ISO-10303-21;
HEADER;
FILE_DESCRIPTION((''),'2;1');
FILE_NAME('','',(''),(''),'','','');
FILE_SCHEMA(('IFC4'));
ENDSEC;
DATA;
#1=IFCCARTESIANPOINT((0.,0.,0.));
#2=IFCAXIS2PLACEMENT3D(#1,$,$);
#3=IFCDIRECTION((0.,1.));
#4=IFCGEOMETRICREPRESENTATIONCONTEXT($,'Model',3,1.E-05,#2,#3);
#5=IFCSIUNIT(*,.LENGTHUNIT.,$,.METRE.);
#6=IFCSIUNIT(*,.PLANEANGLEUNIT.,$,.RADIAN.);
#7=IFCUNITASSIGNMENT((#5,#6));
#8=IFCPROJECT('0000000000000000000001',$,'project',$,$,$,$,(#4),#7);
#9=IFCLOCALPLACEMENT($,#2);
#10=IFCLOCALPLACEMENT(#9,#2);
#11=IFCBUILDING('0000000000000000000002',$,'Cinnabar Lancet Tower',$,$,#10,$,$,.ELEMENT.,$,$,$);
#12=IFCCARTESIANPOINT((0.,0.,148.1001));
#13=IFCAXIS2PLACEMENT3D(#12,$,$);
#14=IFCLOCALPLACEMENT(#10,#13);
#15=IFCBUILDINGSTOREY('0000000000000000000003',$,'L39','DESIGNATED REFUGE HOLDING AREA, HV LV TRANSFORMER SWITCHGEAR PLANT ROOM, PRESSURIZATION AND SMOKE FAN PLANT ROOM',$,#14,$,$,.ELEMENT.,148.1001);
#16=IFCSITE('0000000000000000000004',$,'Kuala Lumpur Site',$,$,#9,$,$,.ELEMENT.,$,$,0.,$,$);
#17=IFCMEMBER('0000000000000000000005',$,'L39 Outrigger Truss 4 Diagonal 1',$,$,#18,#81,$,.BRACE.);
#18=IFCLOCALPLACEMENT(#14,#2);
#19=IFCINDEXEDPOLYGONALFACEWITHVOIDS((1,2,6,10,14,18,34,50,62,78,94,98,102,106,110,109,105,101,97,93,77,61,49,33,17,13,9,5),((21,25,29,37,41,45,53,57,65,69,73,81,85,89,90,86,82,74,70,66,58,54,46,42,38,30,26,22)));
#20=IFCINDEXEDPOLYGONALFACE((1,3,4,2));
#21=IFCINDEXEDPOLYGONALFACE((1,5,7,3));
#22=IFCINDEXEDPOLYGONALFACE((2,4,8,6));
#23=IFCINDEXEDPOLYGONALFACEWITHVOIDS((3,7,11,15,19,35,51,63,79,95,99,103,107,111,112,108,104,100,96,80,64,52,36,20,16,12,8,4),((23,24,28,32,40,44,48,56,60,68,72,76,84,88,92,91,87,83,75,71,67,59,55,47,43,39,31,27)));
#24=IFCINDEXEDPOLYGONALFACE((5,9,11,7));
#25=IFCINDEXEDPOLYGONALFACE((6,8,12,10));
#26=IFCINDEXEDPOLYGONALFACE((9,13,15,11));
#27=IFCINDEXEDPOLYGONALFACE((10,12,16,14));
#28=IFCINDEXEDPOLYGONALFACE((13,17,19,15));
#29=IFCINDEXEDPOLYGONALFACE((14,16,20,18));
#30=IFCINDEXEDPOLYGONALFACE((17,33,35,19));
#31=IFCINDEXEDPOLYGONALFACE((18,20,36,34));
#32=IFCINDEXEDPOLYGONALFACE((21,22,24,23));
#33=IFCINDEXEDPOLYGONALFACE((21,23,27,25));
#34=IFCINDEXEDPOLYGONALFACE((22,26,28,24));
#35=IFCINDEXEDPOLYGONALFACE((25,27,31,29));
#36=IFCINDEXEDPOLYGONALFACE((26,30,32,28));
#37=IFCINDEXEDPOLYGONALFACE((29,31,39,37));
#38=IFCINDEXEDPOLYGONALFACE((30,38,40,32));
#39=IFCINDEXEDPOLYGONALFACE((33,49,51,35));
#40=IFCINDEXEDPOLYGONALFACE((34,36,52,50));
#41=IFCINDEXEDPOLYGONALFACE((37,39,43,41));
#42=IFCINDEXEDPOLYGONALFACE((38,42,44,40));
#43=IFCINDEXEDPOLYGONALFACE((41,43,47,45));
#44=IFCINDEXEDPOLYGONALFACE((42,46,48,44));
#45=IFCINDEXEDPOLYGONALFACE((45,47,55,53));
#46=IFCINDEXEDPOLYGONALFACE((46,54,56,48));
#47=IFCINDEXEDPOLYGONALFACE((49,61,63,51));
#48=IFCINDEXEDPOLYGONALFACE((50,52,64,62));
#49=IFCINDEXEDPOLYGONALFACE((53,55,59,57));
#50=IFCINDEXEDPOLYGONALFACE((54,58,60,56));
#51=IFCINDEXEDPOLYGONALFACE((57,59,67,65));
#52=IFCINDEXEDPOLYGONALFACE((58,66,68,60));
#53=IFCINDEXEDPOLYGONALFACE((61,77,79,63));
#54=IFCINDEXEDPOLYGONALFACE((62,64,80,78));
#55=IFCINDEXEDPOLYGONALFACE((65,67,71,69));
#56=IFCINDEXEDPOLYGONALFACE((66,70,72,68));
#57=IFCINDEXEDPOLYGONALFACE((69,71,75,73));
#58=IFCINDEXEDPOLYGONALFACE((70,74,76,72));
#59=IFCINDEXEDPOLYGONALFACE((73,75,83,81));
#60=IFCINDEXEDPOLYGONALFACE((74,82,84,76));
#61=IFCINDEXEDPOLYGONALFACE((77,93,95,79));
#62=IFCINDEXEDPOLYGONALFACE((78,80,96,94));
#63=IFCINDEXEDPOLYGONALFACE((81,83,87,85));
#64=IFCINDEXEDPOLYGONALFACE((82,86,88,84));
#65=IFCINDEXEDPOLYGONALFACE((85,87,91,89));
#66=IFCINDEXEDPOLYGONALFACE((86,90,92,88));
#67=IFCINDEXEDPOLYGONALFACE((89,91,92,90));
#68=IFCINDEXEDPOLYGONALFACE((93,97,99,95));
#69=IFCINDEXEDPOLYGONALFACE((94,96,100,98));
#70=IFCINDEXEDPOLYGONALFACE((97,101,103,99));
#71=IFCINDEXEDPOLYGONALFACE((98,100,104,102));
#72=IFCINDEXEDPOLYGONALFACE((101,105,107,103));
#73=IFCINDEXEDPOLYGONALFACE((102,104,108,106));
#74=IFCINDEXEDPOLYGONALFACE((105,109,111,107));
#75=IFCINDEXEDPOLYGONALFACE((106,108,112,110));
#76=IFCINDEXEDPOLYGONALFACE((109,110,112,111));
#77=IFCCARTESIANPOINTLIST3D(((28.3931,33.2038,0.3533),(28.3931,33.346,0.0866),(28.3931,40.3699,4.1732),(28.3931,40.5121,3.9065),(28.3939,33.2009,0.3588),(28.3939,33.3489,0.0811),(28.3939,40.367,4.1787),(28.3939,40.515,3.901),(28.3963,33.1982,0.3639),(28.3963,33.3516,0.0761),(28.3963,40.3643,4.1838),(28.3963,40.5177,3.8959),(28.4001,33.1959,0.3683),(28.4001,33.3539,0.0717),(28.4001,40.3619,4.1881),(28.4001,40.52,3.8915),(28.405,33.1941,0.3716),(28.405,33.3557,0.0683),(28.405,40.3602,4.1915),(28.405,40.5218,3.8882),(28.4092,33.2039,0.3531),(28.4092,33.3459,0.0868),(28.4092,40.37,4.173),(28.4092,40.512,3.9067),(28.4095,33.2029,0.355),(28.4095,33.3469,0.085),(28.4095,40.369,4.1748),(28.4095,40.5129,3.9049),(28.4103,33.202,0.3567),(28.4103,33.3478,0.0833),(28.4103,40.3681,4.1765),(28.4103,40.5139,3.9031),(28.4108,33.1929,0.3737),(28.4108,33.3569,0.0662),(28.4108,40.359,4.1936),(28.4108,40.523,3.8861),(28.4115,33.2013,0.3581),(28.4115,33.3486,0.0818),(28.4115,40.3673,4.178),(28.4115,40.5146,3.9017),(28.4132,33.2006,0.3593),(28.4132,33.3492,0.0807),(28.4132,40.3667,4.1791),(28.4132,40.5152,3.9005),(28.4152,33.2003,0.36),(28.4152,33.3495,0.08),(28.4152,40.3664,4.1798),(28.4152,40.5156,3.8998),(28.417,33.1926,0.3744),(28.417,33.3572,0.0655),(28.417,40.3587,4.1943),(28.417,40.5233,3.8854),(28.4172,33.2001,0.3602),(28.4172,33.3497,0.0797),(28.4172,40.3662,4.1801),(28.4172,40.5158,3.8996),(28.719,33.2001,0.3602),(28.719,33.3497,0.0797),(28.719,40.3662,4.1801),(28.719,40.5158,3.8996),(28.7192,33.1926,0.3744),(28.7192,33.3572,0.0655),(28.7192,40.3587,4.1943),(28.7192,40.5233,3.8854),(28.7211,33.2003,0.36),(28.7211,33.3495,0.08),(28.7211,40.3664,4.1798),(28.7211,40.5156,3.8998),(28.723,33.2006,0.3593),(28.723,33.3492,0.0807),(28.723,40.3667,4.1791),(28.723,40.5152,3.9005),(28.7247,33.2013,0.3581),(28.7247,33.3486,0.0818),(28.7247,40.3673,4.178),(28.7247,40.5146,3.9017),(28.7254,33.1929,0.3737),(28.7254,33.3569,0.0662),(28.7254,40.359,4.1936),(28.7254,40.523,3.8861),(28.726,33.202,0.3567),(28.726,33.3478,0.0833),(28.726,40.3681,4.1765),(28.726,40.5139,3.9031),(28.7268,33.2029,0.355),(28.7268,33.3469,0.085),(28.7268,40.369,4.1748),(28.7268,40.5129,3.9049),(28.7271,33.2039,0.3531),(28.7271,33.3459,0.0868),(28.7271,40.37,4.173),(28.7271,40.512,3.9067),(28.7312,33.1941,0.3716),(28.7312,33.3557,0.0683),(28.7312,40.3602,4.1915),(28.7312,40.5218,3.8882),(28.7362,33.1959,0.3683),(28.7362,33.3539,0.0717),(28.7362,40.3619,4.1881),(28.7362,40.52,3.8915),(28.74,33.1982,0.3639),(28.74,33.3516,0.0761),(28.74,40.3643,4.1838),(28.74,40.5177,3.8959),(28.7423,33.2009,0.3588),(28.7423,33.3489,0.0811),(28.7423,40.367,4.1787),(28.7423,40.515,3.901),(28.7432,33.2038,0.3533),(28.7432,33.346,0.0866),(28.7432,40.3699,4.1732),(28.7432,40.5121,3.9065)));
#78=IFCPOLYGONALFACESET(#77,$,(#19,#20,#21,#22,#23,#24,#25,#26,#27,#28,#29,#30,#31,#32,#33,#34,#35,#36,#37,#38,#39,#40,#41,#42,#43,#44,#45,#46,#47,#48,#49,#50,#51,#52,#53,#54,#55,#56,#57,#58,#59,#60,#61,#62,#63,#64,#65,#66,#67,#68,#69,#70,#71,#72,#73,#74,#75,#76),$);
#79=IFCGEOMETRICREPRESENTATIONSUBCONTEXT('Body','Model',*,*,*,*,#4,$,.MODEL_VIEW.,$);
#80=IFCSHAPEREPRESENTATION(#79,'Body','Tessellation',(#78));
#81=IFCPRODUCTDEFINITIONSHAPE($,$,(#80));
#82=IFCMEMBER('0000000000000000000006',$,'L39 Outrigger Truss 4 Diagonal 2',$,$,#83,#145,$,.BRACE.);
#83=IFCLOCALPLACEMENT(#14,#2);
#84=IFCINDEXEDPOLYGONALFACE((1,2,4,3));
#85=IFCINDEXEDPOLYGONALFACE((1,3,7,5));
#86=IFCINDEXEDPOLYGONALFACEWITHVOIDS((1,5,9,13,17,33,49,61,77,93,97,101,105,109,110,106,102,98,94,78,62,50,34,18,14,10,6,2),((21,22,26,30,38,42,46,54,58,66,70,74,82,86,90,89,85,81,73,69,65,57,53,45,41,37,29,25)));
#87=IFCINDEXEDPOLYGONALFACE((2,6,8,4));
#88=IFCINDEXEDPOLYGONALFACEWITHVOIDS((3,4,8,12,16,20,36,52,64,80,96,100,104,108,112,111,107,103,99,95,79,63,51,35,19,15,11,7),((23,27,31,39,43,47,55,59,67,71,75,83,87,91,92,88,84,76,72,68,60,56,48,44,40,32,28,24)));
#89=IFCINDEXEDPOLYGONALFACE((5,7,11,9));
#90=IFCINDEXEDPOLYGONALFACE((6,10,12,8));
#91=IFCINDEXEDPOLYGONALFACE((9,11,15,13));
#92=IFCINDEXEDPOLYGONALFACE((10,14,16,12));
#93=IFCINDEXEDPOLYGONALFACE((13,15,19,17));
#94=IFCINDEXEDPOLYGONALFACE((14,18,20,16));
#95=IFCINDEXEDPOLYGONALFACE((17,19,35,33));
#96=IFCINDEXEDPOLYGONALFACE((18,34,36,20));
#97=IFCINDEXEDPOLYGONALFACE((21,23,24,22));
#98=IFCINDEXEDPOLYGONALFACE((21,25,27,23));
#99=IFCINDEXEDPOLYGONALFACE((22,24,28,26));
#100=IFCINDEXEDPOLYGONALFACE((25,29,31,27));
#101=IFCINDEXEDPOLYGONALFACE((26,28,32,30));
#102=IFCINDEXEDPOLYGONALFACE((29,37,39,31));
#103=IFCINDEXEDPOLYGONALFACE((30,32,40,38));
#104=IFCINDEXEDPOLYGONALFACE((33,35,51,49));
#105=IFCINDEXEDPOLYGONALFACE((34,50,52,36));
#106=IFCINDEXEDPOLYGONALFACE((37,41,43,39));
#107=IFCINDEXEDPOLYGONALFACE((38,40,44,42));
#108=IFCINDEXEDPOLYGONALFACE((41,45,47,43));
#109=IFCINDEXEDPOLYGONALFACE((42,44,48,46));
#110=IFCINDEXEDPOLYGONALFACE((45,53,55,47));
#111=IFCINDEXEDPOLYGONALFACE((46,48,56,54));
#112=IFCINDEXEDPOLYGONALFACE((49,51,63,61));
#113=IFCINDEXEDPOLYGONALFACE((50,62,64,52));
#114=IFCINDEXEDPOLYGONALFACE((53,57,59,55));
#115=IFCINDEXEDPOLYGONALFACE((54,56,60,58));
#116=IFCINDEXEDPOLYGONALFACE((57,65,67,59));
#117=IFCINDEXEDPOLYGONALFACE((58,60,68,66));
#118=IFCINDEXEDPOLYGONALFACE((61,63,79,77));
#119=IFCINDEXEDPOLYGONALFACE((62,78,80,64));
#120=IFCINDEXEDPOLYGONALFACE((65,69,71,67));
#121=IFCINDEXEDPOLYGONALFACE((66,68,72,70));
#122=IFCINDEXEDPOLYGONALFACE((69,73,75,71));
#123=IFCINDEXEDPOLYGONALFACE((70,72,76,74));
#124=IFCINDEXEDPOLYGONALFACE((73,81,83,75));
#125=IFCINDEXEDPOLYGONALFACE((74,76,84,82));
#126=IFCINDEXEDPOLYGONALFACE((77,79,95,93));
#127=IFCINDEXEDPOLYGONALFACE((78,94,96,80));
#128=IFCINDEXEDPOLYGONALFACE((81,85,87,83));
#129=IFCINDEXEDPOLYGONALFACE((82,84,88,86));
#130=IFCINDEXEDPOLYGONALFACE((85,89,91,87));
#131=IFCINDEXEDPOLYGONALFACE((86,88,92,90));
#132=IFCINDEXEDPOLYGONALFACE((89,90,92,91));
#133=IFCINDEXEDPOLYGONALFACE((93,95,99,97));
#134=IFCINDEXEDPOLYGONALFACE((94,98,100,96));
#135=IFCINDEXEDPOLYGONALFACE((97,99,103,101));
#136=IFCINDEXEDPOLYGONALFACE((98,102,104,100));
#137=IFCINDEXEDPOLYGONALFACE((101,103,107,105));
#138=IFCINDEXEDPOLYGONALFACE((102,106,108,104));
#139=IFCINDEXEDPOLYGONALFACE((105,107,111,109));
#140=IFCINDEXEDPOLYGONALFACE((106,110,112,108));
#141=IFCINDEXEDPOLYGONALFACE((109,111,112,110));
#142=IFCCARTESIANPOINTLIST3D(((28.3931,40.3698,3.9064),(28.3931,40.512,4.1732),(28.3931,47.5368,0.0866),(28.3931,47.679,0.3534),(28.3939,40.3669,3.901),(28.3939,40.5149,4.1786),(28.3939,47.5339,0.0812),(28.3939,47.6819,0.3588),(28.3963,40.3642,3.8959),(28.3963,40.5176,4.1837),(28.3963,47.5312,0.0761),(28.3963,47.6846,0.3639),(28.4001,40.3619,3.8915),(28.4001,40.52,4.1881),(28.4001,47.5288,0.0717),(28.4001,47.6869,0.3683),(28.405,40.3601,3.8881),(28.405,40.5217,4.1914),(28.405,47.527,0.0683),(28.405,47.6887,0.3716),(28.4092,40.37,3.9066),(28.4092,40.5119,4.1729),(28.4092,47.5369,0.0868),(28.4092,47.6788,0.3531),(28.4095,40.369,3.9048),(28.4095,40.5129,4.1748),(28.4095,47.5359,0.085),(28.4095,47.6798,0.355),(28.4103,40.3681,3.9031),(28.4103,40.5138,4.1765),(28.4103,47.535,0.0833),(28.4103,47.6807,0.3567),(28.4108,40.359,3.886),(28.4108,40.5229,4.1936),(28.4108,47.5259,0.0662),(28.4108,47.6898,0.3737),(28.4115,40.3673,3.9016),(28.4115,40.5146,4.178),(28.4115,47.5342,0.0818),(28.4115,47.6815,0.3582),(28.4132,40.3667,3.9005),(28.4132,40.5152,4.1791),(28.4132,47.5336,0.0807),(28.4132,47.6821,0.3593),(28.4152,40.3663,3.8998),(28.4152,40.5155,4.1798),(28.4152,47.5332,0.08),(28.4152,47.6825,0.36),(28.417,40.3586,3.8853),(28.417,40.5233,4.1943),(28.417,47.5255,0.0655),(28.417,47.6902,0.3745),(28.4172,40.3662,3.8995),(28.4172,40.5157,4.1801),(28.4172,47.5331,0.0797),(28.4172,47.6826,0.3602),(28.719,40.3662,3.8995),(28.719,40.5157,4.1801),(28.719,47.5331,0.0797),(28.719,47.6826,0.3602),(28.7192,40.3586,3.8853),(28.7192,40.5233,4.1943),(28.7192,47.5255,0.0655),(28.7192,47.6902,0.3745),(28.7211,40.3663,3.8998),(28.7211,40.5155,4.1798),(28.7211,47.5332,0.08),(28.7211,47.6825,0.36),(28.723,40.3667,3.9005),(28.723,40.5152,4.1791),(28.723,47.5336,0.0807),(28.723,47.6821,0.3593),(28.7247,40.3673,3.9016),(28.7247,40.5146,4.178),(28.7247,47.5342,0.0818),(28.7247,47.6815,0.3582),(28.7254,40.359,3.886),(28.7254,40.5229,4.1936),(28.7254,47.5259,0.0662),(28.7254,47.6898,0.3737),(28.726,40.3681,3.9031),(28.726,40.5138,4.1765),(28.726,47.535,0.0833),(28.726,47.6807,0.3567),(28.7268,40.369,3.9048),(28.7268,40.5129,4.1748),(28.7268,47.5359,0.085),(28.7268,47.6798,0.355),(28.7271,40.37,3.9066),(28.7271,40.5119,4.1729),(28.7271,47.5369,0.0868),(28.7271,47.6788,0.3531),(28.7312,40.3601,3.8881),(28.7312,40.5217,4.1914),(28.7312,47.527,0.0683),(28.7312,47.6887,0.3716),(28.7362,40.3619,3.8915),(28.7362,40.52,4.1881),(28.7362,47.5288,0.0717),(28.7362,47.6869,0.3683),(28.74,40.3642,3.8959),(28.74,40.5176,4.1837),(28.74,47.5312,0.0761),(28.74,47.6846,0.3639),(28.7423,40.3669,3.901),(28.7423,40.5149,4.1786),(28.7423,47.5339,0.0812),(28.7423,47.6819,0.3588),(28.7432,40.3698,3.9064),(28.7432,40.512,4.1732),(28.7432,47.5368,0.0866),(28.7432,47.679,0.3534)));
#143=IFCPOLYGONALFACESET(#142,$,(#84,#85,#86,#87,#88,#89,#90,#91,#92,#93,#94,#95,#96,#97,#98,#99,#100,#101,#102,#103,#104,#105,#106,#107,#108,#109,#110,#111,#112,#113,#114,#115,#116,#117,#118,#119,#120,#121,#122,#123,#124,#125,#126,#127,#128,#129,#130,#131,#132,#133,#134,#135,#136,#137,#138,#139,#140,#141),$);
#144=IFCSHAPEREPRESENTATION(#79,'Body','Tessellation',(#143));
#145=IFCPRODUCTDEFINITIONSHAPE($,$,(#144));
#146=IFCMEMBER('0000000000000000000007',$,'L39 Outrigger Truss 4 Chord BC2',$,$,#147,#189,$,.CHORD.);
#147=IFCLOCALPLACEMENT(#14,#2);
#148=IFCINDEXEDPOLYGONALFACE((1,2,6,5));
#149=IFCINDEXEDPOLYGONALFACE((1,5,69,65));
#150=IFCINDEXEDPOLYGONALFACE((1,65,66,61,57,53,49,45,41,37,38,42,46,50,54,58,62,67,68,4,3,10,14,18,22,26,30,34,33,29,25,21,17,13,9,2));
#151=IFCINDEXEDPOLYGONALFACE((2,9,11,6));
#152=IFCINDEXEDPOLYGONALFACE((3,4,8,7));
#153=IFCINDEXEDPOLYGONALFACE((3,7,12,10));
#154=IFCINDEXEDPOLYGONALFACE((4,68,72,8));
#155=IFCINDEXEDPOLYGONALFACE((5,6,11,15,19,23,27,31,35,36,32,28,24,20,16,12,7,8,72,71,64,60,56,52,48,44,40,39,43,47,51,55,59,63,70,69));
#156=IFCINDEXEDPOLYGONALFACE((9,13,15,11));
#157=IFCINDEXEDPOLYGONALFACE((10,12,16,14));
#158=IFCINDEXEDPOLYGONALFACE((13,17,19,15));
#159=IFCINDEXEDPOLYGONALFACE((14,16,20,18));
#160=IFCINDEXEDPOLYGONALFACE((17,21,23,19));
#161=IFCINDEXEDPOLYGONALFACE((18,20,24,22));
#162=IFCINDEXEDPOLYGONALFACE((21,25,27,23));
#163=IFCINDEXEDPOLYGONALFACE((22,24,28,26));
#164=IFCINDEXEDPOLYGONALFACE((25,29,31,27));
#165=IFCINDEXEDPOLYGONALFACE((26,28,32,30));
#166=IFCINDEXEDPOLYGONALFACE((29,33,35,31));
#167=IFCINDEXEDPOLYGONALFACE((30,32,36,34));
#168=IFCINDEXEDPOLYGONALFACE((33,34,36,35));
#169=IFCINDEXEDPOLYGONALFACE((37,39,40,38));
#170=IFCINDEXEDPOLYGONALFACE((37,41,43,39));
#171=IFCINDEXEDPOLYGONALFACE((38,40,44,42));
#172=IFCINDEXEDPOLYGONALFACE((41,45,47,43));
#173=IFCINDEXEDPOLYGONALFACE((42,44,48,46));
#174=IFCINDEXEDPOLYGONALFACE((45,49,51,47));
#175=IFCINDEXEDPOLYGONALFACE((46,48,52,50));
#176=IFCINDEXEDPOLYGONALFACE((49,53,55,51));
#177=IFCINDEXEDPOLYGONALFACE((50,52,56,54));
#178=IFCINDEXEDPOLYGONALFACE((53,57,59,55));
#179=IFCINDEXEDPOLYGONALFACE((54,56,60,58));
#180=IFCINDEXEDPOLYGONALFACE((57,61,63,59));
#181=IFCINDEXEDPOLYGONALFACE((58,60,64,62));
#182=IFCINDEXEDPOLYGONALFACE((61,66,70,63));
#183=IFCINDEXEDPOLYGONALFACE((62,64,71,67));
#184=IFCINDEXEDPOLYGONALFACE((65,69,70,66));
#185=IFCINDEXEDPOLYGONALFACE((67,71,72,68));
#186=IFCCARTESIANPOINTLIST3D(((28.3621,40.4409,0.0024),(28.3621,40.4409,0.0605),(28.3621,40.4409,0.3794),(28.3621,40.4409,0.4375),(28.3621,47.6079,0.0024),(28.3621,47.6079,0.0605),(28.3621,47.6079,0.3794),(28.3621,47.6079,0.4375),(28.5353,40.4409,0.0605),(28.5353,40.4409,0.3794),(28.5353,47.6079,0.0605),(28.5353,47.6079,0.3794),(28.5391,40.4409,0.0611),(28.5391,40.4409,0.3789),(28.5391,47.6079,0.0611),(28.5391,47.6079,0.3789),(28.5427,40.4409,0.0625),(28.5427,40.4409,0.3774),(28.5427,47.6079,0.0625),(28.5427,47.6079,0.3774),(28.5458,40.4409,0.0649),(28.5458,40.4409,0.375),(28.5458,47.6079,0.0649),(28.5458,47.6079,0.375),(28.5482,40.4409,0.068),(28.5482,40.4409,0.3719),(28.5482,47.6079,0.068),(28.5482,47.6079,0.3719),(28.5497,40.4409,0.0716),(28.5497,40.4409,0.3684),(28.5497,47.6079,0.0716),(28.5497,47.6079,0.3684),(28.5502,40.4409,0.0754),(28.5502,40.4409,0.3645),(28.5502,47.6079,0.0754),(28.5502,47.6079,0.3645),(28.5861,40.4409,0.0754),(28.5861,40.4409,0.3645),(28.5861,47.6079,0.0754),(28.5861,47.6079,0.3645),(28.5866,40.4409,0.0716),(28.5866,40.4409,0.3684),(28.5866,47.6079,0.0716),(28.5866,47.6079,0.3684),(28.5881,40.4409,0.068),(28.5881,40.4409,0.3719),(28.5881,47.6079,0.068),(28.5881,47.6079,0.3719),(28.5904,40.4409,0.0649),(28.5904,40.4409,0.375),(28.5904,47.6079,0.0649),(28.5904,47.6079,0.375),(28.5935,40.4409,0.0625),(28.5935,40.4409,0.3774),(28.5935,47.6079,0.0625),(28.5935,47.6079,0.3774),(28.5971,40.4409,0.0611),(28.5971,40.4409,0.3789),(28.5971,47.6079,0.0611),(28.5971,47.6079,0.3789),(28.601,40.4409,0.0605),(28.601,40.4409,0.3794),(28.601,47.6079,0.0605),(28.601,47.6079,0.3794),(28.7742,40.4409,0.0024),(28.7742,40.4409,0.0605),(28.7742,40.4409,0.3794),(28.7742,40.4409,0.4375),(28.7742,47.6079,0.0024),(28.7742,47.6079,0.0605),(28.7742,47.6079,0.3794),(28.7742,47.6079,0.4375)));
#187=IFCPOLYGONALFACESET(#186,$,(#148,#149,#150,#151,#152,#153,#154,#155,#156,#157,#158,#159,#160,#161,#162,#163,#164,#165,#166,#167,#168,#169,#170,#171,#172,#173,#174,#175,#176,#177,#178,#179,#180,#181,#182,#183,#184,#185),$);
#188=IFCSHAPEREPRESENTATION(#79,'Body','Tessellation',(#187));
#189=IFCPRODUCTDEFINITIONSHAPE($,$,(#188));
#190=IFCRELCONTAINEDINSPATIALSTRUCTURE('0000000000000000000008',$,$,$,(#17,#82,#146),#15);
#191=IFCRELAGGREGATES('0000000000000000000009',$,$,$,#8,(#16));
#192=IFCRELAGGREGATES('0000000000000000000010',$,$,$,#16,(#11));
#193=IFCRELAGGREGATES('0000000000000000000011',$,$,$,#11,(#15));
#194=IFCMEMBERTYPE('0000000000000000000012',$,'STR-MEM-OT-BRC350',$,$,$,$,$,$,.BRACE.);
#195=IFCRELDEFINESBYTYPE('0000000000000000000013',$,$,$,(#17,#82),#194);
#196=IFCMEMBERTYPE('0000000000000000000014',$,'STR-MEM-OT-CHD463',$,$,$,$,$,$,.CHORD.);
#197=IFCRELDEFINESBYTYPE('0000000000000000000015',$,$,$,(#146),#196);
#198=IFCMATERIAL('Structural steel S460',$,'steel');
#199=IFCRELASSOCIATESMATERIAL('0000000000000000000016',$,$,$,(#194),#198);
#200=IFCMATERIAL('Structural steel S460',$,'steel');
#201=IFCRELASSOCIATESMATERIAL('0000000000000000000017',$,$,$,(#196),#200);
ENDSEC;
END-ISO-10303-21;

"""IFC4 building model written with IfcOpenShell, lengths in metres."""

from ifc_helpers import new_model, si_unit, direction, frame, origin, origin_2d, place, context, subcontext, project, spatial, hollow_rectangle, i_section, extrude, material, material_profile, profile_set, type_object, element, save


model = new_model("IFC4")

# Units and contexts
model_context = context("Model", 3, precision=1e-05, world=origin(), true_north=direction((0.0, 1.0)))
body_context = subcontext(model_context, "Body", "Model", "MODEL_VIEW")
ifc_project = project(units=[si_unit("LENGTHUNIT", "METRE"), si_unit("PLANEANGLEUNIT", "RADIAN")], contexts=[model_context])

# Site, building, storey
site_placement = place(None, origin())
site = spatial("IfcSite", under=ifc_project, at=site_placement, Name="Kuala Lumpur Site", CompositionType="ELEMENT", RefElevation=0.0)
building_placement = place(site_placement, origin())
building = spatial("IfcBuilding", under=site, at=building_placement, Name="Cinnabar Lancet Tower", CompositionType="ELEMENT")
storey_placement = place(building_placement, frame((0.0, 0.0, 148.1001)))
storey = spatial("IfcBuildingStorey", under=building, at=storey_placement, Name="L39", Description="DESIGNATED REFUGE HOLDING AREA, HV LV TRANSFORMER SWITCHGEAR PLANT ROOM, PRESSURIZATION AND SMOKE FAN PLANT ROOM", CompositionType="ELEMENT", Elevation=148.1001)

# Members
ifc_material_1 = material(Name="Structural steel S460", Category="steel")
ifc_material_profile_1 = material_profile(ifc_material_1, hollow_rectangle(XDim=0.3501, YDim=0.3501, WallThickness=0.0161, InnerFilletRadius=0.0081, OuterFilletRadius=0.0239, at=origin_2d()), Name="SHS 350x350x16")
ifc_profile_set_1 = profile_set([ifc_material_profile_1], Name="Structural steel S460")
member_type_1 = type_object("IfcMemberType", Name="STR-MEM-OT-BRC350", PredefinedType="BRACE", material=ifc_profile_set_1)
member_1_placement = place(storey_placement, frame((28.5681, 33.2749, 0.22), z_axis=(0.0, 0.882458, 0.470392), x_axis=(-1.0, 0.0, 0.0)))
element("IfcMember", 1, at=member_1_placement, inside=storey, type_object=member_type_1, Name="L39 Outrigger Truss 4 Diagonal 1", PredefinedType="BRACE", context=body_context, shape_type="SweptSolid", body=[
    extrude(hollow_rectangle(XDim=0.3501, YDim=0.3501, WallThickness=0.0161, InnerFilletRadius=0.0081, OuterFilletRadius=0.0239, at=origin_2d()), origin(), (0.0, 0.0, 1.0), 8.1206),
])
member_2_placement = place(storey_placement, frame((28.5681, 40.4409, 4.0398), z_axis=(0.0, 0.882484, -0.470342), x_axis=(-1.0, 0.0, 0.0)))
element("IfcMember", 2, at=member_2_placement, inside=storey, type_object=member_type_1, Name="L39 Outrigger Truss 4 Diagonal 2", PredefinedType="BRACE", context=body_context, shape_type="SweptSolid", body=[
    extrude(hollow_rectangle(XDim=0.3501, YDim=0.3501, WallThickness=0.0161, InnerFilletRadius=0.0081, OuterFilletRadius=0.0239, at=origin_2d()), origin(), (0.0, 0.0, 1.0), 8.1213),
])
ifc_material_2 = material(Name="Structural steel S460", Category="steel")
ifc_material_profile_2 = material_profile(ifc_material_2, i_section(OverallWidth=0.4121, OverallDepth=0.4351, WebThickness=0.0359, FlangeThickness=0.0581, FilletRadius=0.0149, at=origin_2d()), Name="HD 400x463")
ifc_profile_set_2 = profile_set([ifc_material_profile_2], Name="Structural steel S460")
member_type_2 = type_object("IfcMemberType", Name="STR-MEM-OT-CHD463", PredefinedType="CHORD", material=ifc_profile_set_2)
for number, where, z_axis, x_axis, name in (
    (3, (28.5681, 40.4409, 0.22), (0.0, 1.0, 0.0), (-1.0, 0.0, 0.0), "L39 Outrigger Truss 4 Chord BC2"),
):
    element("IfcMember", number, at=place(storey_placement, frame(where, z_axis=z_axis, x_axis=x_axis)), inside=storey, type_object=member_type_2, Name=name, PredefinedType="CHORD", context=body_context, shape_type="SweptSolid", body=[
        extrude(i_section(OverallWidth=0.4121, OverallDepth=0.4351, WebThickness=0.0359, FlangeThickness=0.0581, FilletRadius=0.0149, at=origin_2d()), origin(), (0.0, 0.0, 1.0), 7.167),
    ])

save(model, "model.ifc")
